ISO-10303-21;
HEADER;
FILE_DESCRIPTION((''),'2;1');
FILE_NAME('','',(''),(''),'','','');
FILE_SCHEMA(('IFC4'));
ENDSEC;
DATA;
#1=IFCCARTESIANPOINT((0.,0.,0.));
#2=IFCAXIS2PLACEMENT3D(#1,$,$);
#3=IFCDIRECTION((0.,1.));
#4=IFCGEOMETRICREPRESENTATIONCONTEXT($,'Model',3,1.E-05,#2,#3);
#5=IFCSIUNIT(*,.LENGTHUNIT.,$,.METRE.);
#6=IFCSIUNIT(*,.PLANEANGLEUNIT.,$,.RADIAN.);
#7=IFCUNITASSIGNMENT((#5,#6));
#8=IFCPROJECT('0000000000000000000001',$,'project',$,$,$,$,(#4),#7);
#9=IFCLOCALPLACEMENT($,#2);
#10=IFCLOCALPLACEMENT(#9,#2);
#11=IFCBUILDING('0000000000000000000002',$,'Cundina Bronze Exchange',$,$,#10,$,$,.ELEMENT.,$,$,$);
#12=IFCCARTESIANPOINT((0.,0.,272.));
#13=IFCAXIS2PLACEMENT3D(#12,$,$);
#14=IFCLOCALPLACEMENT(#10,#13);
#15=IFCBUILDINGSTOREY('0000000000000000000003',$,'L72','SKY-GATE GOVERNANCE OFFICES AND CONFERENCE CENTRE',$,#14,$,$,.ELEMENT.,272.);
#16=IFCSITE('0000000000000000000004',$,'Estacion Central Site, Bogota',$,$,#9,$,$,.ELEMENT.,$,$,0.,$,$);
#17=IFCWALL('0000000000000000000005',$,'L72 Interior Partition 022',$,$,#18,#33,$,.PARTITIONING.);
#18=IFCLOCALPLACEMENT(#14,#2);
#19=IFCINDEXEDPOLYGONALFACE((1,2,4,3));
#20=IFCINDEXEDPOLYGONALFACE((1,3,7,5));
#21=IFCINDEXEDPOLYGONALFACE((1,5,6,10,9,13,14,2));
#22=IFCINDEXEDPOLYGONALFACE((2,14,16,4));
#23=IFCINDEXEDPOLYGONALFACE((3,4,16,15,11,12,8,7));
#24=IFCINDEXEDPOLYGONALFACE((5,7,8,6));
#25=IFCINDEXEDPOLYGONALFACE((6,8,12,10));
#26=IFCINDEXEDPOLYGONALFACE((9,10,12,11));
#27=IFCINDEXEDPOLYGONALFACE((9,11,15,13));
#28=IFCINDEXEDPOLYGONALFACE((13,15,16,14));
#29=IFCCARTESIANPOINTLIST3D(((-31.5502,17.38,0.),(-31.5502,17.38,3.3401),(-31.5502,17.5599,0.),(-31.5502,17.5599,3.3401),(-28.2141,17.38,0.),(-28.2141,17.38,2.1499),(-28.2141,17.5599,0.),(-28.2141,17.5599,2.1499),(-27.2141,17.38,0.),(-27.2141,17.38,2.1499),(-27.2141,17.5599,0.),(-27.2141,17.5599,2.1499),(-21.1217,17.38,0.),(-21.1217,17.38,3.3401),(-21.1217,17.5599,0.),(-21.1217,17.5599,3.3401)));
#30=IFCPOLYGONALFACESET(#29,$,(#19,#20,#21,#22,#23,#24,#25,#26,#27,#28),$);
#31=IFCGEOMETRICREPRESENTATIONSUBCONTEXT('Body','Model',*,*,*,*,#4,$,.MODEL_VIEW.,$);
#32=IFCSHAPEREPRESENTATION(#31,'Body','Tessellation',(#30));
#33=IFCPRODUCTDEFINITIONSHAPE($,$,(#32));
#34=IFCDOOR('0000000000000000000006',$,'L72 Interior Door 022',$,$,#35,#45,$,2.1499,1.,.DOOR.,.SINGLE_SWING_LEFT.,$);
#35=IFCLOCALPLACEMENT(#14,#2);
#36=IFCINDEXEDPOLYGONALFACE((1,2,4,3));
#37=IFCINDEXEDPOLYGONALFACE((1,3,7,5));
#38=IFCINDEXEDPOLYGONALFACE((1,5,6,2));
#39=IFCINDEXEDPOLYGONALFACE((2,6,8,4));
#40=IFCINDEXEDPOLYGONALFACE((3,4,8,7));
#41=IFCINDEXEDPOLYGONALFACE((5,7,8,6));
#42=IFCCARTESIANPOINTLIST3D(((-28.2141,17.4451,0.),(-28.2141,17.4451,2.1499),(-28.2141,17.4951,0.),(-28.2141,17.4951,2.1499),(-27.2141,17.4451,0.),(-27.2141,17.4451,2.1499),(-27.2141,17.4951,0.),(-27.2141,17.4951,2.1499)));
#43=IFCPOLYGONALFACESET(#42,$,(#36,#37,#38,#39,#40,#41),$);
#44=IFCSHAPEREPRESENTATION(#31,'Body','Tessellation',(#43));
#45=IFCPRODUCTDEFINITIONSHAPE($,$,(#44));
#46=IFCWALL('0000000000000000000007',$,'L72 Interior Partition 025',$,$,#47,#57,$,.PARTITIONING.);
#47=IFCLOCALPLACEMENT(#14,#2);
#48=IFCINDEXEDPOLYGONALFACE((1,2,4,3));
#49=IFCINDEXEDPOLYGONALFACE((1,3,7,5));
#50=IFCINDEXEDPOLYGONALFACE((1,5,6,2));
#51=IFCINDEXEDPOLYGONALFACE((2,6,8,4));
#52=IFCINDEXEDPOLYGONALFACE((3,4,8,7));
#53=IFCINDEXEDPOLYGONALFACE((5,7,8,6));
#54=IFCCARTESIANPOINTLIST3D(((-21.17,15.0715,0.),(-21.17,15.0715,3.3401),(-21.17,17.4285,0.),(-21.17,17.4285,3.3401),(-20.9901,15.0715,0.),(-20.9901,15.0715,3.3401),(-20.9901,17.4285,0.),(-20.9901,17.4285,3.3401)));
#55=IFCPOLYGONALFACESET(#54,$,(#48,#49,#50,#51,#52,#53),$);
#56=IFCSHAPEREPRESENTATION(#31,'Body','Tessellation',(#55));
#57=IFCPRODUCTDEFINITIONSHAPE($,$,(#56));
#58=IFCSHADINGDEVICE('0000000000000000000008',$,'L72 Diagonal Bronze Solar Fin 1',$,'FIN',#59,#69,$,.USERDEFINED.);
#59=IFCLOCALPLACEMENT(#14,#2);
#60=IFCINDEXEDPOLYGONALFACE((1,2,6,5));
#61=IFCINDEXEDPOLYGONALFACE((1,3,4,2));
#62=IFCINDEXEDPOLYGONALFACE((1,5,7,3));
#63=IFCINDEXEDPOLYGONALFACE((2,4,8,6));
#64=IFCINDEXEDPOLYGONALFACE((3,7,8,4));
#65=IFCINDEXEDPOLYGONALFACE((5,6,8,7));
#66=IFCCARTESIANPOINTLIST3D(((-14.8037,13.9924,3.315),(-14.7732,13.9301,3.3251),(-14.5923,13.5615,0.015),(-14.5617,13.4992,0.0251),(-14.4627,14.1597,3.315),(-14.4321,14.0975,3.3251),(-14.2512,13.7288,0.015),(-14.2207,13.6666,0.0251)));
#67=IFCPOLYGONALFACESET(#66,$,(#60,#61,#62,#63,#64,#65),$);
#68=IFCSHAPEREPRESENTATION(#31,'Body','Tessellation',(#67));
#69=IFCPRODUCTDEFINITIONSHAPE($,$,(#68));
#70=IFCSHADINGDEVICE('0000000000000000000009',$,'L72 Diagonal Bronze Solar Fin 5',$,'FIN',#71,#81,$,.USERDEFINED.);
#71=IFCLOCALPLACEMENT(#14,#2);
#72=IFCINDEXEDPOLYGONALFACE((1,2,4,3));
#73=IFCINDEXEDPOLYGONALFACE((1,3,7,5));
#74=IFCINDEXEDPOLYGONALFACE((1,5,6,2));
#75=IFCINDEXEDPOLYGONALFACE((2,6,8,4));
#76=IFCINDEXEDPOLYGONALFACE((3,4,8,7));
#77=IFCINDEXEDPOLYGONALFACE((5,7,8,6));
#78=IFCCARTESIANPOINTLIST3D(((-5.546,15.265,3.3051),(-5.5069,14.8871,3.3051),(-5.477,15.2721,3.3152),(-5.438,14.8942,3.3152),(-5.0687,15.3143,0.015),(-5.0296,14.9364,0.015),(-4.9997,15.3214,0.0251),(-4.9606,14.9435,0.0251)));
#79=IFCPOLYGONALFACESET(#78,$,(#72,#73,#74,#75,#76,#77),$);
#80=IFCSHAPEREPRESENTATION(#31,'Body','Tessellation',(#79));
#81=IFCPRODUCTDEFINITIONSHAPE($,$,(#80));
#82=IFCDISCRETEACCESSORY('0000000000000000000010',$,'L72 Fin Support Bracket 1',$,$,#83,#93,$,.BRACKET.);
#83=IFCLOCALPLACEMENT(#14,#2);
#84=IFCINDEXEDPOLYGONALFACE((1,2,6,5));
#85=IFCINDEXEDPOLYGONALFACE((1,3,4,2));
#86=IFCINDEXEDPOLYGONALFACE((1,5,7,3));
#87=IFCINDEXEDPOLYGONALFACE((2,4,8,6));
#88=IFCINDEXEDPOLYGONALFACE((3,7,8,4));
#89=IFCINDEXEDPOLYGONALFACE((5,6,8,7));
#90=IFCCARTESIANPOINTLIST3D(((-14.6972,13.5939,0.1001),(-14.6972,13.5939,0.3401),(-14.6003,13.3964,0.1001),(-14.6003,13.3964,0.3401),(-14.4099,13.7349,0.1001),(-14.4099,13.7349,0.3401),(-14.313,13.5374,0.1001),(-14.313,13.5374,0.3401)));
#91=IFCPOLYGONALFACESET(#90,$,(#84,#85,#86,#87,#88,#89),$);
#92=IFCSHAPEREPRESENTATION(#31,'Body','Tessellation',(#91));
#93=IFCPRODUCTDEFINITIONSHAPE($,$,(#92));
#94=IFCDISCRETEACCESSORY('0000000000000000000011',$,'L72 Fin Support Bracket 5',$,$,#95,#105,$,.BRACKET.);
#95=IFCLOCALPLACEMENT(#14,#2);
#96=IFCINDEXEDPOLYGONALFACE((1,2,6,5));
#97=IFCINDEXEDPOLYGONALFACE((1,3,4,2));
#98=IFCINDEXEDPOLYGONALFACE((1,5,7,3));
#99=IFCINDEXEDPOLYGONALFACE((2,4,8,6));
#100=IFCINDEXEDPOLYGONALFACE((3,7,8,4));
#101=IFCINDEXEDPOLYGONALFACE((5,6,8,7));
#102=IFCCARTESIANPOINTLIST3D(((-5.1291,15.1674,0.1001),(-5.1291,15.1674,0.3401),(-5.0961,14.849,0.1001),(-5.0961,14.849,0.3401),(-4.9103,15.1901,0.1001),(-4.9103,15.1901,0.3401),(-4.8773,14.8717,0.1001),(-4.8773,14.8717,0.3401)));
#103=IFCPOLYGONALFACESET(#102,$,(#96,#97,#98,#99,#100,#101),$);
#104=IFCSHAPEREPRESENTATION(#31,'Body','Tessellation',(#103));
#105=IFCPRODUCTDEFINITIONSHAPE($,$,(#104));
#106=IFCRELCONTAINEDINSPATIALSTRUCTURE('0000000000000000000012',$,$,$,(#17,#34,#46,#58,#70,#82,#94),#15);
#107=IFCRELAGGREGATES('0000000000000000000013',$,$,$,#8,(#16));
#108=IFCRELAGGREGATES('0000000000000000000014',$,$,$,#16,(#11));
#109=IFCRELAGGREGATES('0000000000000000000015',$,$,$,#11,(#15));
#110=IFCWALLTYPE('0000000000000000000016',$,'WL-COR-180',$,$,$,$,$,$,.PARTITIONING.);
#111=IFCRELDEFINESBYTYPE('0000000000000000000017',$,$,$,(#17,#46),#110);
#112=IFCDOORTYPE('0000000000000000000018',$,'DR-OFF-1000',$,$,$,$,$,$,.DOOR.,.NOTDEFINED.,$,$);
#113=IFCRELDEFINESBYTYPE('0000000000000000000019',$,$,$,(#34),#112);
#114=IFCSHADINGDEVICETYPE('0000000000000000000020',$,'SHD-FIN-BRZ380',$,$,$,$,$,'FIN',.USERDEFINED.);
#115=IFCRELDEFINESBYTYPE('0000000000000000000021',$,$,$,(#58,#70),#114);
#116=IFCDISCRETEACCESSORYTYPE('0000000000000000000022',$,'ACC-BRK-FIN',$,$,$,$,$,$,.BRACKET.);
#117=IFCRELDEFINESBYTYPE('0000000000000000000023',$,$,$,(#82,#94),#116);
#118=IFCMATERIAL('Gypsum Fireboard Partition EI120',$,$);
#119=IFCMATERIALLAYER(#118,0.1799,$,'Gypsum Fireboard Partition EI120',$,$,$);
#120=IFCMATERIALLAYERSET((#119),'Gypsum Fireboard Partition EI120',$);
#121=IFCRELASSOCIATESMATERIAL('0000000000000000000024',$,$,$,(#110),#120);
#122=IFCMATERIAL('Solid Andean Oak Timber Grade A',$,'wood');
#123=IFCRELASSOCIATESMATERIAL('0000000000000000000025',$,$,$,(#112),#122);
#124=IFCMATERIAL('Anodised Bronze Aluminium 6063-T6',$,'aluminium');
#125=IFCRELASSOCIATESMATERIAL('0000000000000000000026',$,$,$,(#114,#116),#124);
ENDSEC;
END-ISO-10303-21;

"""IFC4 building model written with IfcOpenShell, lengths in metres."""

from ifc_helpers import new_model, si_unit, direction, frame, frame_2d, origin, origin_2d, place, context, subcontext, project, spatial, rectangle, extrude, material, layer, layer_set, material_profile, profile_set, type_object, element, fill, save


model = new_model("IFC4")

# Units and contexts
model_context = context("Model", 3, precision=1e-05, world=origin(), true_north=direction((0.0, 1.0)))
body_context = subcontext(model_context, "Body", "Model", "MODEL_VIEW")
ifc_project = project(units=[si_unit("LENGTHUNIT", "METRE"), si_unit("PLANEANGLEUNIT", "RADIAN")], contexts=[model_context])

# Site, building, storey
site_placement = place(None, origin())
site = spatial("IfcSite", under=ifc_project, at=site_placement, Name="Estacion Central Site, Bogota", CompositionType="ELEMENT", RefElevation=0.0)
building_placement = place(site_placement, origin())
building = spatial("IfcBuilding", under=site, at=building_placement, Name="Cundina Bronze Exchange", CompositionType="ELEMENT")
storey_placement = place(building_placement, frame((0.0, 0.0, 272.0)))
storey = spatial("IfcBuildingStorey", under=building, at=storey_placement, Name="L72", Description="SKY-GATE GOVERNANCE OFFICES AND CONFERENCE CENTRE", CompositionType="ELEMENT", Elevation=272.0)

# Shared definitions
ifc_material_1 = material(Name="Anodised Bronze Aluminium 6063-T6", Category="aluminium")

# Shared definitions
ifc_material_2 = material(Name="Gypsum Fireboard Partition EI120")
ifc_layer_1 = layer(ifc_material_2, 0.1799, Name="Gypsum Fireboard Partition EI120")
ifc_layer_set_1 = layer_set([ifc_layer_1], Name="Gypsum Fireboard Partition EI120")
wall_type = type_object("IfcWallType", Name="WL-COR-180", PredefinedType="PARTITIONING", material=ifc_layer_set_1)

# Wall, opening, door
wall_1_placement = place(storey_placement, frame((-21.1216, 17.47, 0.0), z_axis=(0.0, 0.0, 1.0), x_axis=(-1.0, 0.0, 0.0)))
wall_1 = element("IfcWall", 1, at=wall_1_placement, inside=storey, type_object=wall_type, Name="L72 Interior Partition 022", PredefinedType="PARTITIONING", context=body_context, shape_type="SweptSolid", body=[
    extrude(rectangle(XDim=10.4285, YDim=0.1799, at=frame_2d((5.2144, 0.0))), origin(), (0.0, 0.0, 1.0), 3.3401),
])
opening_placement = place(wall_1_placement, frame((6.0925, 0.0, 0.0)))
opening = element("IfcOpeningElement", 2, at=opening_placement, cuts=wall_1, PredefinedType="OPENING", context=body_context, shape_type="SweptSolid", body=[
    extrude(rectangle(XDim=1.0, YDim=2.1499, at=frame_2d((0.5, 1.075))), frame((0.0, 0.0999, 0.0), z_axis=(0.0, -1.0, 0.0), x_axis=(1.0, 0.0, 0.0)), (0.0, 0.0, 1.0), 0.2),
])
ifc_material_3 = material(Name="Solid Andean Oak Timber Grade A", Category="wood")
door_type = type_object("IfcDoorType", Name="DR-OFF-1000", OperationType="NOTDEFINED", PredefinedType="DOOR", material=ifc_material_3)
door_placement = place(opening_placement, origin())
door = element("IfcDoor", 3, at=door_placement, inside=storey, type_object=door_type, Name="L72 Interior Door 022", OperationType="SINGLE_SWING_LEFT", OverallHeight=2.1499, OverallWidth=1.0, PredefinedType="DOOR", context=body_context, shape_type="SweptSolid", body=[
    extrude(rectangle(XDim=1.0, YDim=2.1499, at=frame_2d((0.5, 1.075))), frame((0.0, 0.0249, 0.0), z_axis=(0.0, -1.0, 0.0), x_axis=(1.0, 0.0, 0.0)), (0.0, 0.0, 1.0), 0.05),
])
fill(opening, door)

# Wall
wall_2_placement = place(storey_placement, frame((-21.0801, 15.0715, 0.0), z_axis=(0.0, 0.0, 1.0), x_axis=(0.0, 1.0, 0.0)))
element("IfcWall", 4, at=wall_2_placement, inside=storey, type_object=wall_type, Name="L72 Interior Partition 025", PredefinedType="PARTITIONING", context=body_context, shape_type="SweptSolid", body=[
    extrude(rectangle(XDim=2.3569, YDim=0.1799, at=frame_2d((1.1785, 0.0))), origin(), (0.0, 0.0, 1.0), 3.3401),
])

# Shading devices
ifc_material_profile_1 = material_profile(ifc_material_1, rectangle(XDim=0.0701, YDim=0.3799, at=origin_2d()), Name="FIN70X380", Category="aluminium")
ifc_profile_set_1 = profile_set([ifc_material_profile_1], Name="Anodised Bronze Aluminium 6063-T6")
shading_device_type = type_object("IfcShadingDeviceType", Name="SHD-FIN-BRZ380", ElementType="FIN", PredefinedType="USERDEFINED", material=ifc_profile_set_1)
shading_device_1_placement = place(storey_placement, frame((-14.4065, 13.614, 0.02), z_axis=(-0.0634, 0.129217, 0.989588), x_axis=(0.4359, -0.888411, 0.143932)))
element("IfcShadingDevice", 5, at=shading_device_1_placement, inside=storey, type_object=shading_device_type, Name="L72 Diagonal Bronze Solar Fin 1", ObjectType="FIN", PredefinedType="USERDEFINED", context=body_context, shape_type="SweptSolid", body=[
    extrude(rectangle(XDim=0.0701, YDim=0.3799, at=origin_2d()), origin(), (0.0, 0.0, 1.0), 3.3347),
])
shading_device_2_placement = place(storey_placement, frame((-5.0146, 15.1289, 0.02), z_axis=(-0.143554, -0.014833, 0.989531), x_axis=(0.984291, 0.101702, 0.144318)))
element("IfcShadingDevice", 6, at=shading_device_2_placement, inside=storey, type_object=shading_device_type, Name="L72 Diagonal Bronze Solar Fin 5", ObjectType="FIN", PredefinedType="USERDEFINED", context=body_context, shape_type="SweptSolid", body=[
    extrude(rectangle(XDim=0.0701, YDim=0.3799, at=origin_2d()), origin(), (0.0, 0.0, 1.0), 3.325),
])

# Discrete accessories
discrete_accessory_type = type_object("IfcDiscreteAccessoryType", Name="ACC-BRK-FIN", PredefinedType="BRACKET", material=ifc_material_1)
for number, where, z_axis, x_axis, name in (
    (7, (-14.5051, 13.5657, 0.1001), (0.0, 0.0, 1.0), (-0.440503, 0.897751, 0.0), "L72 Fin Support Bracket 1"),
    (8, (-5.0032, 15.0195, 0.1001), (0.0, 0.0, 1.0), (-0.994672, -0.103088, 0.0), "L72 Fin Support Bracket 5"),
):
    element("IfcDiscreteAccessory", number, at=place(storey_placement, frame(where, z_axis=z_axis, x_axis=x_axis)), inside=storey, type_object=discrete_accessory_type, Name=name, PredefinedType="BRACKET", context=body_context, shape_type="SweptSolid", body=[
        extrude(rectangle(XDim=0.22, YDim=0.3201, at=origin_2d()), origin(), (0.0, 0.0, 1.0), 0.24),
    ])

save(model, "model.ifc")
